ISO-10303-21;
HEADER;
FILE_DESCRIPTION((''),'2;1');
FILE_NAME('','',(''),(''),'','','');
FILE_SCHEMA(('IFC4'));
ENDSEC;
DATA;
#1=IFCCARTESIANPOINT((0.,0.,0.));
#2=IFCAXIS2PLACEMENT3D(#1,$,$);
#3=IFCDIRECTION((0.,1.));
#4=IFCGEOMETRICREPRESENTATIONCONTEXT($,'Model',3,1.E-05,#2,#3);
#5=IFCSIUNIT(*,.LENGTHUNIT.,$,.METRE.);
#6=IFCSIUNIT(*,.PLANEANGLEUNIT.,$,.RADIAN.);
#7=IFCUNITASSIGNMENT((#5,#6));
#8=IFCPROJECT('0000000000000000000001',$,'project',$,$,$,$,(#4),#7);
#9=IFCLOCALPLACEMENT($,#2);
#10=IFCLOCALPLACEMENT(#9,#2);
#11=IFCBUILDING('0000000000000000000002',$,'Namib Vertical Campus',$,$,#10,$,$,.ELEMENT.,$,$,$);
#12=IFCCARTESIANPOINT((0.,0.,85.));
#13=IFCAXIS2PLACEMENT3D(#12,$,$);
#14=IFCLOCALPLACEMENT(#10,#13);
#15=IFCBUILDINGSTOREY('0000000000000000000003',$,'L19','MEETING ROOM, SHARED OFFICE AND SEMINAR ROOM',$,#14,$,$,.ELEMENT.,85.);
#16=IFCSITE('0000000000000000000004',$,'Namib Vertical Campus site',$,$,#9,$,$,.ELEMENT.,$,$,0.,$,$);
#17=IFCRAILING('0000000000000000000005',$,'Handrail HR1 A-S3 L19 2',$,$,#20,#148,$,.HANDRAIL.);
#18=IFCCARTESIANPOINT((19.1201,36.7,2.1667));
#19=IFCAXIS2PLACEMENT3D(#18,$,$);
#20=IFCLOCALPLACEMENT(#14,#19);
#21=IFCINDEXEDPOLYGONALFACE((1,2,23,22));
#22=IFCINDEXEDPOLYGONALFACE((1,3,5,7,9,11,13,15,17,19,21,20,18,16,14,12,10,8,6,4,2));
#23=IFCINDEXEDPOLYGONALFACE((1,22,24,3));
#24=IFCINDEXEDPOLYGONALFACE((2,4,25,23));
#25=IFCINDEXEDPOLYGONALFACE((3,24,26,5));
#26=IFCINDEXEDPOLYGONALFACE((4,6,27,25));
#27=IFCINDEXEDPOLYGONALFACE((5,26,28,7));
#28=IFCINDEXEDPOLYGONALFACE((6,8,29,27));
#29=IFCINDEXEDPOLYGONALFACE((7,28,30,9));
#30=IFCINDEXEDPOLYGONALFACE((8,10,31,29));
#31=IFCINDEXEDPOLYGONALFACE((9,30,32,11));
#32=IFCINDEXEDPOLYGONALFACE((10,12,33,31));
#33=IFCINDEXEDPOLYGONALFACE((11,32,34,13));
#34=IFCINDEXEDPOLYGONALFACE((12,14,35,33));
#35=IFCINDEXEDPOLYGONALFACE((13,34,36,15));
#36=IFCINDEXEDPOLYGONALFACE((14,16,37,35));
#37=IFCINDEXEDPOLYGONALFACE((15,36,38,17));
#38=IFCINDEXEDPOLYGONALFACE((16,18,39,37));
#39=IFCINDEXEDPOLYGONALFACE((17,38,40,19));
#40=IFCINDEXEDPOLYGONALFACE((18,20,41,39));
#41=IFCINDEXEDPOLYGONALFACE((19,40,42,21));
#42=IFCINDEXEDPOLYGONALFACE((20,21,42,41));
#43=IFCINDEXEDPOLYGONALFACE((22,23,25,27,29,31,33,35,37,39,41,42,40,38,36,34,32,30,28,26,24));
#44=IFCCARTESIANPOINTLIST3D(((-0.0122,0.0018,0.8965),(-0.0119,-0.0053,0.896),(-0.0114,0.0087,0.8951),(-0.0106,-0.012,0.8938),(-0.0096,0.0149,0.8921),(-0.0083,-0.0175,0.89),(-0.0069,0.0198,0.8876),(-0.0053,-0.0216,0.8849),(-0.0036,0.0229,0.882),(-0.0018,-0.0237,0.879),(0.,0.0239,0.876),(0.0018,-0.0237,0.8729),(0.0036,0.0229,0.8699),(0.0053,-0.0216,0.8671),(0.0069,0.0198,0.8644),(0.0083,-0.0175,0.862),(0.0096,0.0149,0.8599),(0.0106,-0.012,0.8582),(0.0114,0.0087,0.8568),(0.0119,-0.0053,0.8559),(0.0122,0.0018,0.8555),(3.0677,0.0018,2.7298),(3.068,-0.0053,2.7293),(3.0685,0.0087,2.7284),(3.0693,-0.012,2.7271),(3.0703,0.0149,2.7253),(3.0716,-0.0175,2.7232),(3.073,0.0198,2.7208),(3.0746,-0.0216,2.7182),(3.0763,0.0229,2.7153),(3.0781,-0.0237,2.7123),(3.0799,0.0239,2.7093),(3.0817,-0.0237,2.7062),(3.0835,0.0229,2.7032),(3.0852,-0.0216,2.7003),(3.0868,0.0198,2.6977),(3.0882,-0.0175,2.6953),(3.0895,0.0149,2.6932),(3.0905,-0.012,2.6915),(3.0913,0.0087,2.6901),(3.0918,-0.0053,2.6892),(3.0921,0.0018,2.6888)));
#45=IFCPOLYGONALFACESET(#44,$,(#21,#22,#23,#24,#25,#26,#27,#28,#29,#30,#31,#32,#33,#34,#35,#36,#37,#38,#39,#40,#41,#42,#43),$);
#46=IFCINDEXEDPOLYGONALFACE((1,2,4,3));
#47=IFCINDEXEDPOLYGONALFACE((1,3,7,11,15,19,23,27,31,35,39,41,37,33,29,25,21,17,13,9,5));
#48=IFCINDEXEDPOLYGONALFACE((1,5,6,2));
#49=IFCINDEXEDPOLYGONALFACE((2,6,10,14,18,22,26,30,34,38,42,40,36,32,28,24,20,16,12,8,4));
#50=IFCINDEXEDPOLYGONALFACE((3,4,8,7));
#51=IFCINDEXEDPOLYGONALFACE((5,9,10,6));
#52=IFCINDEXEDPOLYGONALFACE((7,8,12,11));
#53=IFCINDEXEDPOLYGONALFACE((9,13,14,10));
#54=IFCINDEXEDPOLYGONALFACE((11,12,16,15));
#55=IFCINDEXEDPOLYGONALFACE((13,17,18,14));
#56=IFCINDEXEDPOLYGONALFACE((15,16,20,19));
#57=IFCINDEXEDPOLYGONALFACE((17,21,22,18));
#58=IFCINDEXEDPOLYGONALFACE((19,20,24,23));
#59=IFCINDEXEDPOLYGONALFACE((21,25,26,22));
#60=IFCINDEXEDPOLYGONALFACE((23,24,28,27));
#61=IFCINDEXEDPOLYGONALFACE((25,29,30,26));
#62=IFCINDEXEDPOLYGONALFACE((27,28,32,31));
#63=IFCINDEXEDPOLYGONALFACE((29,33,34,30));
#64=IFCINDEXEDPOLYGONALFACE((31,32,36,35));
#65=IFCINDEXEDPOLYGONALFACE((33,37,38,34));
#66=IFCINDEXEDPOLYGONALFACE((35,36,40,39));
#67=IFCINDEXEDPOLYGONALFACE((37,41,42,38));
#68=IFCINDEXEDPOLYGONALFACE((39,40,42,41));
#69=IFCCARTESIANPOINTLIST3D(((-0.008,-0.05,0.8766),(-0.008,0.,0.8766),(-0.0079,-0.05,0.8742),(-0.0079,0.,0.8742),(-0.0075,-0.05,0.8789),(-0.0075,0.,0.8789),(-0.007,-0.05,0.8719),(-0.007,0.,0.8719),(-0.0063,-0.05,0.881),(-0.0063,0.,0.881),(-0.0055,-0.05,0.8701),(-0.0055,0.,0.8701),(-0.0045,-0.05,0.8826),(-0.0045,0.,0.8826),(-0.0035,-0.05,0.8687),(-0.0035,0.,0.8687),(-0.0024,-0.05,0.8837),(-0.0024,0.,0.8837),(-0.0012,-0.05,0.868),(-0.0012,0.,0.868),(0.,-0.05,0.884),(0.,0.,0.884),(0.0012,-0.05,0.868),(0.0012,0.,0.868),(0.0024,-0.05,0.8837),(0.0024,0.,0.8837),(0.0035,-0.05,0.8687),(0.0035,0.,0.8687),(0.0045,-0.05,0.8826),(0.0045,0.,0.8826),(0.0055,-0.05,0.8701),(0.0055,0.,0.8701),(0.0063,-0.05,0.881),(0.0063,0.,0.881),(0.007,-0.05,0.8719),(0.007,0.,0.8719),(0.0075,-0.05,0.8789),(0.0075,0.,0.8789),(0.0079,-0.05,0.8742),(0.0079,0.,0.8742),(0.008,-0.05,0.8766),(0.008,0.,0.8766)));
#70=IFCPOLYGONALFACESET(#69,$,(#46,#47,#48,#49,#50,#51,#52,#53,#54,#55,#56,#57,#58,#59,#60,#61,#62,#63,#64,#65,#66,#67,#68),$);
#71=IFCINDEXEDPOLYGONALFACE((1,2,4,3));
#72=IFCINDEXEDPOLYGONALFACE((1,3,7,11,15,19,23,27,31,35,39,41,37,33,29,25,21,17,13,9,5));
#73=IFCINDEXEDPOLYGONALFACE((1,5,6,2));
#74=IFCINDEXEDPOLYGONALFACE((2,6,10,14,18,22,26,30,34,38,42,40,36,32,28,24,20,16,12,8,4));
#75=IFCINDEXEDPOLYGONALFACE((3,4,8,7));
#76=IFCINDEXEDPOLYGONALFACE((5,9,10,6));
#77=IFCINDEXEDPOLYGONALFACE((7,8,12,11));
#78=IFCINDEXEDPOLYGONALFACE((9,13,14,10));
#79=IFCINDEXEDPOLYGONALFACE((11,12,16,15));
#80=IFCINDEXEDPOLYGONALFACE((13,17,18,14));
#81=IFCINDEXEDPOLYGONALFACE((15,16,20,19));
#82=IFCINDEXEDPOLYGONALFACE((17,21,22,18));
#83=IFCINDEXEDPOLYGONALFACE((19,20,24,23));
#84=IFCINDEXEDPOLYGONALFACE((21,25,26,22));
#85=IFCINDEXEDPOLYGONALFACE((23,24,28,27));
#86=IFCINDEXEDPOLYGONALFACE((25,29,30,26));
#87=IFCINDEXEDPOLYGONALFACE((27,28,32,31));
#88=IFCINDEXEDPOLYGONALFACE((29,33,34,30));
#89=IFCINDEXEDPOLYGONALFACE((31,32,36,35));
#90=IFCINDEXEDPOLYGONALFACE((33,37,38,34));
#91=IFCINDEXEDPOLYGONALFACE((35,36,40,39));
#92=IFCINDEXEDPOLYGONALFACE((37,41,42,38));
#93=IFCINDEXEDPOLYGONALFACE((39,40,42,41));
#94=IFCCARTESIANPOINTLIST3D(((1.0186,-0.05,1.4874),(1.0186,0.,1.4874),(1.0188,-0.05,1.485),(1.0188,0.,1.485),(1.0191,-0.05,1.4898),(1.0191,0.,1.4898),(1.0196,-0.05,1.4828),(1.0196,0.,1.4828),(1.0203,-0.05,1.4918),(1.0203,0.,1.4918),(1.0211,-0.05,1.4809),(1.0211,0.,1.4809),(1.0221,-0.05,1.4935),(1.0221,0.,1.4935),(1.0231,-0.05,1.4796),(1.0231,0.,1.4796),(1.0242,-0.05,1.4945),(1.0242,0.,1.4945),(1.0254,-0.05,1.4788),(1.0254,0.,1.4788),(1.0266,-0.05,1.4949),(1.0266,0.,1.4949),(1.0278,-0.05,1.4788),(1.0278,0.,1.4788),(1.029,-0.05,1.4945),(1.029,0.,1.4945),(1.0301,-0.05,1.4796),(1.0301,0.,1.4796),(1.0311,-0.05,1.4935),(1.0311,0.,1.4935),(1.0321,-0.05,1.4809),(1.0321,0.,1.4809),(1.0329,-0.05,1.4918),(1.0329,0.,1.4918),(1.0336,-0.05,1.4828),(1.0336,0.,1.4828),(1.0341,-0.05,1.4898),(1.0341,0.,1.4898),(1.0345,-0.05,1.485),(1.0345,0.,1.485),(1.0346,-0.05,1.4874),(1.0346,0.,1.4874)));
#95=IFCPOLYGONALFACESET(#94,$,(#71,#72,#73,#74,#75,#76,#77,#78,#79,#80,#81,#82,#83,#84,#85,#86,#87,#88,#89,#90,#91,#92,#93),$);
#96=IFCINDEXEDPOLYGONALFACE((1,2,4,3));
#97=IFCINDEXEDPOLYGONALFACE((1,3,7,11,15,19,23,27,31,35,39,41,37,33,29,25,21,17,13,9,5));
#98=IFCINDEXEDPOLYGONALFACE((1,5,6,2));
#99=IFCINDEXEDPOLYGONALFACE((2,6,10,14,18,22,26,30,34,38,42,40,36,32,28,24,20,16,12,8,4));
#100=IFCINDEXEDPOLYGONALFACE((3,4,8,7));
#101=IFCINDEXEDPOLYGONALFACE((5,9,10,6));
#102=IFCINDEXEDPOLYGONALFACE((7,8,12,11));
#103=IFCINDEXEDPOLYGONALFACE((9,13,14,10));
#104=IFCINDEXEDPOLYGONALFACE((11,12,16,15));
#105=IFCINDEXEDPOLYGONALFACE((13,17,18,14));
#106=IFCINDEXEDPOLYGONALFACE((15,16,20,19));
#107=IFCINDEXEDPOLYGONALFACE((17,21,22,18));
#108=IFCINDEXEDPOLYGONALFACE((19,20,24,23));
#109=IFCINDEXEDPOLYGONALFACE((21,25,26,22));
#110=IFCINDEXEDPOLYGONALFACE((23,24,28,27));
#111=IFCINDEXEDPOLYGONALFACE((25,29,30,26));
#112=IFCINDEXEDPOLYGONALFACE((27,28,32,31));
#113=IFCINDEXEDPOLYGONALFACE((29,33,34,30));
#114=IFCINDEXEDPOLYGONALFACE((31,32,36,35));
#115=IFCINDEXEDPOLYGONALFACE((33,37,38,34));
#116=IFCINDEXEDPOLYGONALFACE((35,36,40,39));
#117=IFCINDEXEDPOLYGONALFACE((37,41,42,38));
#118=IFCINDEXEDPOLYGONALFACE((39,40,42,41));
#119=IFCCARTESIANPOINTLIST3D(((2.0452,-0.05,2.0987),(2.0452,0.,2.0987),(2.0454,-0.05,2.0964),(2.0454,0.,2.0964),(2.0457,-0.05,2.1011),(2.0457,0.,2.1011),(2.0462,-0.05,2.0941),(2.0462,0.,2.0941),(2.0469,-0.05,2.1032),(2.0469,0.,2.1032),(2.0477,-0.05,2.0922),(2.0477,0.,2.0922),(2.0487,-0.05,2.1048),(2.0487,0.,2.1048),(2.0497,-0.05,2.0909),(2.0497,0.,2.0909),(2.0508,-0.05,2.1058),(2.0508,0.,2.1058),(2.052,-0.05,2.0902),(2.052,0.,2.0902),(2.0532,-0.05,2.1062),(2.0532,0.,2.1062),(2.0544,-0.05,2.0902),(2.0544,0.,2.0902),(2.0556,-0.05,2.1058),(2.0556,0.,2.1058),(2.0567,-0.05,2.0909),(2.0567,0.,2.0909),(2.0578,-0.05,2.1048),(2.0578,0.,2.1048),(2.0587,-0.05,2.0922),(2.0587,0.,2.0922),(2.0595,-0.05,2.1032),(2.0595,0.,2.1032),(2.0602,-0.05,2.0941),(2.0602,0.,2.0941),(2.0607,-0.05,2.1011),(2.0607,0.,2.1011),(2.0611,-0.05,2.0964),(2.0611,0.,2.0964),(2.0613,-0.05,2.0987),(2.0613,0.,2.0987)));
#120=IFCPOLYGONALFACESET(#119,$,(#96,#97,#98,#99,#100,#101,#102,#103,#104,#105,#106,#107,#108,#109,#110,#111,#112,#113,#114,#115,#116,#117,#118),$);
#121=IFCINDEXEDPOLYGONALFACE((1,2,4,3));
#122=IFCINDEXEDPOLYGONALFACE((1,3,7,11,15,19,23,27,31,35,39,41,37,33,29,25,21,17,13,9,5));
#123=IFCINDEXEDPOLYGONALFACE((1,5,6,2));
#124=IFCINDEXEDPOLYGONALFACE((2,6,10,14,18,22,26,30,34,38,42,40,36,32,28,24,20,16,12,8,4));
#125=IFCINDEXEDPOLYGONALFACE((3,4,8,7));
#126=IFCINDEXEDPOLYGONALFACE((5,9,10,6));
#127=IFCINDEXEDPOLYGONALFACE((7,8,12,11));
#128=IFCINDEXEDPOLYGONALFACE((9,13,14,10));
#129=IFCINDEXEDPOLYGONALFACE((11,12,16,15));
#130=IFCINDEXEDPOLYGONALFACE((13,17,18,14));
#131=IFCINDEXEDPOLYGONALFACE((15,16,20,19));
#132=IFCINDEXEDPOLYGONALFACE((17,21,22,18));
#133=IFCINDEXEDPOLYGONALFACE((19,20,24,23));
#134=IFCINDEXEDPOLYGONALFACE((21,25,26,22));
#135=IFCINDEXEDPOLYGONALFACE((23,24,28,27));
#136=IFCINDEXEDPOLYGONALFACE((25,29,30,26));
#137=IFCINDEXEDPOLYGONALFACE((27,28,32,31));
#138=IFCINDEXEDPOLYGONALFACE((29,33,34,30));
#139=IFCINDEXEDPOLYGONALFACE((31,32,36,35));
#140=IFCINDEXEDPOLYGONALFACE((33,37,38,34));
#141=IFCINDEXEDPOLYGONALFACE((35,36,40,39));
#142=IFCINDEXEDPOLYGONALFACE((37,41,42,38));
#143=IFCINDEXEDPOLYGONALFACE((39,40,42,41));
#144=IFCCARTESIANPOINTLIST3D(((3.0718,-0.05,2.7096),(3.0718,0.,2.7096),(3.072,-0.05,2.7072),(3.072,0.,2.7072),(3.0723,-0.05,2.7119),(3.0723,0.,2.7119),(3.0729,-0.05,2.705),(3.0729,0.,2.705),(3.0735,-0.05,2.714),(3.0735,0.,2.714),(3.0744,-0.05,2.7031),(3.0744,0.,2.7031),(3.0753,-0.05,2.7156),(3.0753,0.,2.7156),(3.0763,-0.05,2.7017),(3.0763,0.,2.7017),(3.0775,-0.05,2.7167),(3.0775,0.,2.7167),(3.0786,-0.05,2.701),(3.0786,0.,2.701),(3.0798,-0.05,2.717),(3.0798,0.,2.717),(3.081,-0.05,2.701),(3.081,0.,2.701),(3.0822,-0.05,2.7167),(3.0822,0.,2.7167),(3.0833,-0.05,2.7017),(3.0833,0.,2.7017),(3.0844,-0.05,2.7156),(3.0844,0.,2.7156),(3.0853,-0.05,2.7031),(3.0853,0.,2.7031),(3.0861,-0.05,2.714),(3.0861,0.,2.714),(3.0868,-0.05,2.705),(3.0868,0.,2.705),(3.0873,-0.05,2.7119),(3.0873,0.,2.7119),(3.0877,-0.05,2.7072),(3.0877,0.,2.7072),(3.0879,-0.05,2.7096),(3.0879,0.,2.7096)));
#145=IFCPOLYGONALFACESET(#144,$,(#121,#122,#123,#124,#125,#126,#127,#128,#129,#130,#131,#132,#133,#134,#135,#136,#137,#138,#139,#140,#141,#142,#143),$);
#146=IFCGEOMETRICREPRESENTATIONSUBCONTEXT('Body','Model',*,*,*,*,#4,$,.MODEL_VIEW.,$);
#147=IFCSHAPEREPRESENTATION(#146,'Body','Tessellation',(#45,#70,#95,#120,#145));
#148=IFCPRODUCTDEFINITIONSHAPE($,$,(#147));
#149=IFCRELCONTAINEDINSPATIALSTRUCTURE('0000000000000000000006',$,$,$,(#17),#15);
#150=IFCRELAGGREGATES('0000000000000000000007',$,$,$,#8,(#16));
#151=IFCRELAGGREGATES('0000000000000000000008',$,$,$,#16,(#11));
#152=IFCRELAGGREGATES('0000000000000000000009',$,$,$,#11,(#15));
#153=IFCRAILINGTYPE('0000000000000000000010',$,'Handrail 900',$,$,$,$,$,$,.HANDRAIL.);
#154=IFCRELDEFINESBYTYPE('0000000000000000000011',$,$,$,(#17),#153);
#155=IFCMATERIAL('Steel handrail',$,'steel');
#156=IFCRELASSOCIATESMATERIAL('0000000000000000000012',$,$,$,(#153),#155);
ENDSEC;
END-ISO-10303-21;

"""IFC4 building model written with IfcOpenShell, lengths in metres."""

from ifc_helpers import new_model, si_unit, direction, frame, origin, origin_2d, place, context, subcontext, project, spatial, circle, extrude, material, type_object, element, save


model = new_model("IFC4")

# Units and contexts
model_context = context("Model", 3, precision=1e-05, world=origin(), true_north=direction((0.0, 1.0)))
body_context = subcontext(model_context, "Body", "Model", "MODEL_VIEW")
ifc_project = project(units=[si_unit("LENGTHUNIT", "METRE"), si_unit("PLANEANGLEUNIT", "RADIAN")], contexts=[model_context])

# Site, building, storey
site_placement = place(None, origin())
site = spatial("IfcSite", under=ifc_project, at=site_placement, Name="Namib Vertical Campus site", CompositionType="ELEMENT", RefElevation=0.0)
building_placement = place(site_placement, origin())
building = spatial("IfcBuilding", under=site, at=building_placement, Name="Namib Vertical Campus", CompositionType="ELEMENT")
storey_placement = place(building_placement, frame((0.0, 0.0, 85.0)))
storey = spatial("IfcBuildingStorey", under=building, at=storey_placement, Name="L19", Description="MEETING ROOM, SHARED OFFICE AND SEMINAR ROOM", CompositionType="ELEMENT", Elevation=85.0)

# Railing
ifc_material_1 = material(Name="Steel handrail", Category="steel")
railing_type_1 = type_object("IfcRailingType", Name="Handrail 900", PredefinedType="HANDRAIL", material=ifc_material_1)
railing_1_placement = place(storey_placement, frame((19.1201, 36.7, 2.1667)))
element("IfcRailing", 1, at=railing_1_placement, inside=storey, type_object=railing_type_1, Name="Handrail HR1 A-S3 L19 2", PredefinedType="HANDRAIL", context=body_context, shape_type="SweptSolid", body=[
    extrude(circle(Radius=0.0239, at=origin_2d()), frame((0.0, 0.0, 0.876), z_axis=(0.859291, 0.0, 0.511487), x_axis=(0.0, 1.0, 0.0)), (0.0, 0.0, 1.0), 3.5842),
    extrude(circle(Radius=0.0081, at=origin_2d()), frame((0.0, 0.0, 0.876), z_axis=(0.0, -1.0, 0.0), x_axis=(0.0, 0.0, 1.0)), (0.0, 0.0, 1.0), 0.05),
    extrude(circle(Radius=0.0081, at=origin_2d()), frame((1.0266, 0.0, 1.4868), z_axis=(0.0, -1.0, 0.0), x_axis=(0.0, 0.0, 1.0)), (0.0, 0.0, 1.0), 0.05),
    extrude(circle(Radius=0.0081, at=origin_2d()), frame((2.0532, 0.0, 2.0981), z_axis=(0.0, -1.0, 0.0), x_axis=(0.0, 0.0, 1.0)), (0.0, 0.0, 1.0), 0.05),
    extrude(circle(Radius=0.0081, at=origin_2d()), frame((3.0798, 0.0, 2.709), z_axis=(0.0, -1.0, 0.0), x_axis=(0.0, 0.0, 1.0)), (0.0, 0.0, 1.0), 0.05),
])

save(model, "model.ifc")
